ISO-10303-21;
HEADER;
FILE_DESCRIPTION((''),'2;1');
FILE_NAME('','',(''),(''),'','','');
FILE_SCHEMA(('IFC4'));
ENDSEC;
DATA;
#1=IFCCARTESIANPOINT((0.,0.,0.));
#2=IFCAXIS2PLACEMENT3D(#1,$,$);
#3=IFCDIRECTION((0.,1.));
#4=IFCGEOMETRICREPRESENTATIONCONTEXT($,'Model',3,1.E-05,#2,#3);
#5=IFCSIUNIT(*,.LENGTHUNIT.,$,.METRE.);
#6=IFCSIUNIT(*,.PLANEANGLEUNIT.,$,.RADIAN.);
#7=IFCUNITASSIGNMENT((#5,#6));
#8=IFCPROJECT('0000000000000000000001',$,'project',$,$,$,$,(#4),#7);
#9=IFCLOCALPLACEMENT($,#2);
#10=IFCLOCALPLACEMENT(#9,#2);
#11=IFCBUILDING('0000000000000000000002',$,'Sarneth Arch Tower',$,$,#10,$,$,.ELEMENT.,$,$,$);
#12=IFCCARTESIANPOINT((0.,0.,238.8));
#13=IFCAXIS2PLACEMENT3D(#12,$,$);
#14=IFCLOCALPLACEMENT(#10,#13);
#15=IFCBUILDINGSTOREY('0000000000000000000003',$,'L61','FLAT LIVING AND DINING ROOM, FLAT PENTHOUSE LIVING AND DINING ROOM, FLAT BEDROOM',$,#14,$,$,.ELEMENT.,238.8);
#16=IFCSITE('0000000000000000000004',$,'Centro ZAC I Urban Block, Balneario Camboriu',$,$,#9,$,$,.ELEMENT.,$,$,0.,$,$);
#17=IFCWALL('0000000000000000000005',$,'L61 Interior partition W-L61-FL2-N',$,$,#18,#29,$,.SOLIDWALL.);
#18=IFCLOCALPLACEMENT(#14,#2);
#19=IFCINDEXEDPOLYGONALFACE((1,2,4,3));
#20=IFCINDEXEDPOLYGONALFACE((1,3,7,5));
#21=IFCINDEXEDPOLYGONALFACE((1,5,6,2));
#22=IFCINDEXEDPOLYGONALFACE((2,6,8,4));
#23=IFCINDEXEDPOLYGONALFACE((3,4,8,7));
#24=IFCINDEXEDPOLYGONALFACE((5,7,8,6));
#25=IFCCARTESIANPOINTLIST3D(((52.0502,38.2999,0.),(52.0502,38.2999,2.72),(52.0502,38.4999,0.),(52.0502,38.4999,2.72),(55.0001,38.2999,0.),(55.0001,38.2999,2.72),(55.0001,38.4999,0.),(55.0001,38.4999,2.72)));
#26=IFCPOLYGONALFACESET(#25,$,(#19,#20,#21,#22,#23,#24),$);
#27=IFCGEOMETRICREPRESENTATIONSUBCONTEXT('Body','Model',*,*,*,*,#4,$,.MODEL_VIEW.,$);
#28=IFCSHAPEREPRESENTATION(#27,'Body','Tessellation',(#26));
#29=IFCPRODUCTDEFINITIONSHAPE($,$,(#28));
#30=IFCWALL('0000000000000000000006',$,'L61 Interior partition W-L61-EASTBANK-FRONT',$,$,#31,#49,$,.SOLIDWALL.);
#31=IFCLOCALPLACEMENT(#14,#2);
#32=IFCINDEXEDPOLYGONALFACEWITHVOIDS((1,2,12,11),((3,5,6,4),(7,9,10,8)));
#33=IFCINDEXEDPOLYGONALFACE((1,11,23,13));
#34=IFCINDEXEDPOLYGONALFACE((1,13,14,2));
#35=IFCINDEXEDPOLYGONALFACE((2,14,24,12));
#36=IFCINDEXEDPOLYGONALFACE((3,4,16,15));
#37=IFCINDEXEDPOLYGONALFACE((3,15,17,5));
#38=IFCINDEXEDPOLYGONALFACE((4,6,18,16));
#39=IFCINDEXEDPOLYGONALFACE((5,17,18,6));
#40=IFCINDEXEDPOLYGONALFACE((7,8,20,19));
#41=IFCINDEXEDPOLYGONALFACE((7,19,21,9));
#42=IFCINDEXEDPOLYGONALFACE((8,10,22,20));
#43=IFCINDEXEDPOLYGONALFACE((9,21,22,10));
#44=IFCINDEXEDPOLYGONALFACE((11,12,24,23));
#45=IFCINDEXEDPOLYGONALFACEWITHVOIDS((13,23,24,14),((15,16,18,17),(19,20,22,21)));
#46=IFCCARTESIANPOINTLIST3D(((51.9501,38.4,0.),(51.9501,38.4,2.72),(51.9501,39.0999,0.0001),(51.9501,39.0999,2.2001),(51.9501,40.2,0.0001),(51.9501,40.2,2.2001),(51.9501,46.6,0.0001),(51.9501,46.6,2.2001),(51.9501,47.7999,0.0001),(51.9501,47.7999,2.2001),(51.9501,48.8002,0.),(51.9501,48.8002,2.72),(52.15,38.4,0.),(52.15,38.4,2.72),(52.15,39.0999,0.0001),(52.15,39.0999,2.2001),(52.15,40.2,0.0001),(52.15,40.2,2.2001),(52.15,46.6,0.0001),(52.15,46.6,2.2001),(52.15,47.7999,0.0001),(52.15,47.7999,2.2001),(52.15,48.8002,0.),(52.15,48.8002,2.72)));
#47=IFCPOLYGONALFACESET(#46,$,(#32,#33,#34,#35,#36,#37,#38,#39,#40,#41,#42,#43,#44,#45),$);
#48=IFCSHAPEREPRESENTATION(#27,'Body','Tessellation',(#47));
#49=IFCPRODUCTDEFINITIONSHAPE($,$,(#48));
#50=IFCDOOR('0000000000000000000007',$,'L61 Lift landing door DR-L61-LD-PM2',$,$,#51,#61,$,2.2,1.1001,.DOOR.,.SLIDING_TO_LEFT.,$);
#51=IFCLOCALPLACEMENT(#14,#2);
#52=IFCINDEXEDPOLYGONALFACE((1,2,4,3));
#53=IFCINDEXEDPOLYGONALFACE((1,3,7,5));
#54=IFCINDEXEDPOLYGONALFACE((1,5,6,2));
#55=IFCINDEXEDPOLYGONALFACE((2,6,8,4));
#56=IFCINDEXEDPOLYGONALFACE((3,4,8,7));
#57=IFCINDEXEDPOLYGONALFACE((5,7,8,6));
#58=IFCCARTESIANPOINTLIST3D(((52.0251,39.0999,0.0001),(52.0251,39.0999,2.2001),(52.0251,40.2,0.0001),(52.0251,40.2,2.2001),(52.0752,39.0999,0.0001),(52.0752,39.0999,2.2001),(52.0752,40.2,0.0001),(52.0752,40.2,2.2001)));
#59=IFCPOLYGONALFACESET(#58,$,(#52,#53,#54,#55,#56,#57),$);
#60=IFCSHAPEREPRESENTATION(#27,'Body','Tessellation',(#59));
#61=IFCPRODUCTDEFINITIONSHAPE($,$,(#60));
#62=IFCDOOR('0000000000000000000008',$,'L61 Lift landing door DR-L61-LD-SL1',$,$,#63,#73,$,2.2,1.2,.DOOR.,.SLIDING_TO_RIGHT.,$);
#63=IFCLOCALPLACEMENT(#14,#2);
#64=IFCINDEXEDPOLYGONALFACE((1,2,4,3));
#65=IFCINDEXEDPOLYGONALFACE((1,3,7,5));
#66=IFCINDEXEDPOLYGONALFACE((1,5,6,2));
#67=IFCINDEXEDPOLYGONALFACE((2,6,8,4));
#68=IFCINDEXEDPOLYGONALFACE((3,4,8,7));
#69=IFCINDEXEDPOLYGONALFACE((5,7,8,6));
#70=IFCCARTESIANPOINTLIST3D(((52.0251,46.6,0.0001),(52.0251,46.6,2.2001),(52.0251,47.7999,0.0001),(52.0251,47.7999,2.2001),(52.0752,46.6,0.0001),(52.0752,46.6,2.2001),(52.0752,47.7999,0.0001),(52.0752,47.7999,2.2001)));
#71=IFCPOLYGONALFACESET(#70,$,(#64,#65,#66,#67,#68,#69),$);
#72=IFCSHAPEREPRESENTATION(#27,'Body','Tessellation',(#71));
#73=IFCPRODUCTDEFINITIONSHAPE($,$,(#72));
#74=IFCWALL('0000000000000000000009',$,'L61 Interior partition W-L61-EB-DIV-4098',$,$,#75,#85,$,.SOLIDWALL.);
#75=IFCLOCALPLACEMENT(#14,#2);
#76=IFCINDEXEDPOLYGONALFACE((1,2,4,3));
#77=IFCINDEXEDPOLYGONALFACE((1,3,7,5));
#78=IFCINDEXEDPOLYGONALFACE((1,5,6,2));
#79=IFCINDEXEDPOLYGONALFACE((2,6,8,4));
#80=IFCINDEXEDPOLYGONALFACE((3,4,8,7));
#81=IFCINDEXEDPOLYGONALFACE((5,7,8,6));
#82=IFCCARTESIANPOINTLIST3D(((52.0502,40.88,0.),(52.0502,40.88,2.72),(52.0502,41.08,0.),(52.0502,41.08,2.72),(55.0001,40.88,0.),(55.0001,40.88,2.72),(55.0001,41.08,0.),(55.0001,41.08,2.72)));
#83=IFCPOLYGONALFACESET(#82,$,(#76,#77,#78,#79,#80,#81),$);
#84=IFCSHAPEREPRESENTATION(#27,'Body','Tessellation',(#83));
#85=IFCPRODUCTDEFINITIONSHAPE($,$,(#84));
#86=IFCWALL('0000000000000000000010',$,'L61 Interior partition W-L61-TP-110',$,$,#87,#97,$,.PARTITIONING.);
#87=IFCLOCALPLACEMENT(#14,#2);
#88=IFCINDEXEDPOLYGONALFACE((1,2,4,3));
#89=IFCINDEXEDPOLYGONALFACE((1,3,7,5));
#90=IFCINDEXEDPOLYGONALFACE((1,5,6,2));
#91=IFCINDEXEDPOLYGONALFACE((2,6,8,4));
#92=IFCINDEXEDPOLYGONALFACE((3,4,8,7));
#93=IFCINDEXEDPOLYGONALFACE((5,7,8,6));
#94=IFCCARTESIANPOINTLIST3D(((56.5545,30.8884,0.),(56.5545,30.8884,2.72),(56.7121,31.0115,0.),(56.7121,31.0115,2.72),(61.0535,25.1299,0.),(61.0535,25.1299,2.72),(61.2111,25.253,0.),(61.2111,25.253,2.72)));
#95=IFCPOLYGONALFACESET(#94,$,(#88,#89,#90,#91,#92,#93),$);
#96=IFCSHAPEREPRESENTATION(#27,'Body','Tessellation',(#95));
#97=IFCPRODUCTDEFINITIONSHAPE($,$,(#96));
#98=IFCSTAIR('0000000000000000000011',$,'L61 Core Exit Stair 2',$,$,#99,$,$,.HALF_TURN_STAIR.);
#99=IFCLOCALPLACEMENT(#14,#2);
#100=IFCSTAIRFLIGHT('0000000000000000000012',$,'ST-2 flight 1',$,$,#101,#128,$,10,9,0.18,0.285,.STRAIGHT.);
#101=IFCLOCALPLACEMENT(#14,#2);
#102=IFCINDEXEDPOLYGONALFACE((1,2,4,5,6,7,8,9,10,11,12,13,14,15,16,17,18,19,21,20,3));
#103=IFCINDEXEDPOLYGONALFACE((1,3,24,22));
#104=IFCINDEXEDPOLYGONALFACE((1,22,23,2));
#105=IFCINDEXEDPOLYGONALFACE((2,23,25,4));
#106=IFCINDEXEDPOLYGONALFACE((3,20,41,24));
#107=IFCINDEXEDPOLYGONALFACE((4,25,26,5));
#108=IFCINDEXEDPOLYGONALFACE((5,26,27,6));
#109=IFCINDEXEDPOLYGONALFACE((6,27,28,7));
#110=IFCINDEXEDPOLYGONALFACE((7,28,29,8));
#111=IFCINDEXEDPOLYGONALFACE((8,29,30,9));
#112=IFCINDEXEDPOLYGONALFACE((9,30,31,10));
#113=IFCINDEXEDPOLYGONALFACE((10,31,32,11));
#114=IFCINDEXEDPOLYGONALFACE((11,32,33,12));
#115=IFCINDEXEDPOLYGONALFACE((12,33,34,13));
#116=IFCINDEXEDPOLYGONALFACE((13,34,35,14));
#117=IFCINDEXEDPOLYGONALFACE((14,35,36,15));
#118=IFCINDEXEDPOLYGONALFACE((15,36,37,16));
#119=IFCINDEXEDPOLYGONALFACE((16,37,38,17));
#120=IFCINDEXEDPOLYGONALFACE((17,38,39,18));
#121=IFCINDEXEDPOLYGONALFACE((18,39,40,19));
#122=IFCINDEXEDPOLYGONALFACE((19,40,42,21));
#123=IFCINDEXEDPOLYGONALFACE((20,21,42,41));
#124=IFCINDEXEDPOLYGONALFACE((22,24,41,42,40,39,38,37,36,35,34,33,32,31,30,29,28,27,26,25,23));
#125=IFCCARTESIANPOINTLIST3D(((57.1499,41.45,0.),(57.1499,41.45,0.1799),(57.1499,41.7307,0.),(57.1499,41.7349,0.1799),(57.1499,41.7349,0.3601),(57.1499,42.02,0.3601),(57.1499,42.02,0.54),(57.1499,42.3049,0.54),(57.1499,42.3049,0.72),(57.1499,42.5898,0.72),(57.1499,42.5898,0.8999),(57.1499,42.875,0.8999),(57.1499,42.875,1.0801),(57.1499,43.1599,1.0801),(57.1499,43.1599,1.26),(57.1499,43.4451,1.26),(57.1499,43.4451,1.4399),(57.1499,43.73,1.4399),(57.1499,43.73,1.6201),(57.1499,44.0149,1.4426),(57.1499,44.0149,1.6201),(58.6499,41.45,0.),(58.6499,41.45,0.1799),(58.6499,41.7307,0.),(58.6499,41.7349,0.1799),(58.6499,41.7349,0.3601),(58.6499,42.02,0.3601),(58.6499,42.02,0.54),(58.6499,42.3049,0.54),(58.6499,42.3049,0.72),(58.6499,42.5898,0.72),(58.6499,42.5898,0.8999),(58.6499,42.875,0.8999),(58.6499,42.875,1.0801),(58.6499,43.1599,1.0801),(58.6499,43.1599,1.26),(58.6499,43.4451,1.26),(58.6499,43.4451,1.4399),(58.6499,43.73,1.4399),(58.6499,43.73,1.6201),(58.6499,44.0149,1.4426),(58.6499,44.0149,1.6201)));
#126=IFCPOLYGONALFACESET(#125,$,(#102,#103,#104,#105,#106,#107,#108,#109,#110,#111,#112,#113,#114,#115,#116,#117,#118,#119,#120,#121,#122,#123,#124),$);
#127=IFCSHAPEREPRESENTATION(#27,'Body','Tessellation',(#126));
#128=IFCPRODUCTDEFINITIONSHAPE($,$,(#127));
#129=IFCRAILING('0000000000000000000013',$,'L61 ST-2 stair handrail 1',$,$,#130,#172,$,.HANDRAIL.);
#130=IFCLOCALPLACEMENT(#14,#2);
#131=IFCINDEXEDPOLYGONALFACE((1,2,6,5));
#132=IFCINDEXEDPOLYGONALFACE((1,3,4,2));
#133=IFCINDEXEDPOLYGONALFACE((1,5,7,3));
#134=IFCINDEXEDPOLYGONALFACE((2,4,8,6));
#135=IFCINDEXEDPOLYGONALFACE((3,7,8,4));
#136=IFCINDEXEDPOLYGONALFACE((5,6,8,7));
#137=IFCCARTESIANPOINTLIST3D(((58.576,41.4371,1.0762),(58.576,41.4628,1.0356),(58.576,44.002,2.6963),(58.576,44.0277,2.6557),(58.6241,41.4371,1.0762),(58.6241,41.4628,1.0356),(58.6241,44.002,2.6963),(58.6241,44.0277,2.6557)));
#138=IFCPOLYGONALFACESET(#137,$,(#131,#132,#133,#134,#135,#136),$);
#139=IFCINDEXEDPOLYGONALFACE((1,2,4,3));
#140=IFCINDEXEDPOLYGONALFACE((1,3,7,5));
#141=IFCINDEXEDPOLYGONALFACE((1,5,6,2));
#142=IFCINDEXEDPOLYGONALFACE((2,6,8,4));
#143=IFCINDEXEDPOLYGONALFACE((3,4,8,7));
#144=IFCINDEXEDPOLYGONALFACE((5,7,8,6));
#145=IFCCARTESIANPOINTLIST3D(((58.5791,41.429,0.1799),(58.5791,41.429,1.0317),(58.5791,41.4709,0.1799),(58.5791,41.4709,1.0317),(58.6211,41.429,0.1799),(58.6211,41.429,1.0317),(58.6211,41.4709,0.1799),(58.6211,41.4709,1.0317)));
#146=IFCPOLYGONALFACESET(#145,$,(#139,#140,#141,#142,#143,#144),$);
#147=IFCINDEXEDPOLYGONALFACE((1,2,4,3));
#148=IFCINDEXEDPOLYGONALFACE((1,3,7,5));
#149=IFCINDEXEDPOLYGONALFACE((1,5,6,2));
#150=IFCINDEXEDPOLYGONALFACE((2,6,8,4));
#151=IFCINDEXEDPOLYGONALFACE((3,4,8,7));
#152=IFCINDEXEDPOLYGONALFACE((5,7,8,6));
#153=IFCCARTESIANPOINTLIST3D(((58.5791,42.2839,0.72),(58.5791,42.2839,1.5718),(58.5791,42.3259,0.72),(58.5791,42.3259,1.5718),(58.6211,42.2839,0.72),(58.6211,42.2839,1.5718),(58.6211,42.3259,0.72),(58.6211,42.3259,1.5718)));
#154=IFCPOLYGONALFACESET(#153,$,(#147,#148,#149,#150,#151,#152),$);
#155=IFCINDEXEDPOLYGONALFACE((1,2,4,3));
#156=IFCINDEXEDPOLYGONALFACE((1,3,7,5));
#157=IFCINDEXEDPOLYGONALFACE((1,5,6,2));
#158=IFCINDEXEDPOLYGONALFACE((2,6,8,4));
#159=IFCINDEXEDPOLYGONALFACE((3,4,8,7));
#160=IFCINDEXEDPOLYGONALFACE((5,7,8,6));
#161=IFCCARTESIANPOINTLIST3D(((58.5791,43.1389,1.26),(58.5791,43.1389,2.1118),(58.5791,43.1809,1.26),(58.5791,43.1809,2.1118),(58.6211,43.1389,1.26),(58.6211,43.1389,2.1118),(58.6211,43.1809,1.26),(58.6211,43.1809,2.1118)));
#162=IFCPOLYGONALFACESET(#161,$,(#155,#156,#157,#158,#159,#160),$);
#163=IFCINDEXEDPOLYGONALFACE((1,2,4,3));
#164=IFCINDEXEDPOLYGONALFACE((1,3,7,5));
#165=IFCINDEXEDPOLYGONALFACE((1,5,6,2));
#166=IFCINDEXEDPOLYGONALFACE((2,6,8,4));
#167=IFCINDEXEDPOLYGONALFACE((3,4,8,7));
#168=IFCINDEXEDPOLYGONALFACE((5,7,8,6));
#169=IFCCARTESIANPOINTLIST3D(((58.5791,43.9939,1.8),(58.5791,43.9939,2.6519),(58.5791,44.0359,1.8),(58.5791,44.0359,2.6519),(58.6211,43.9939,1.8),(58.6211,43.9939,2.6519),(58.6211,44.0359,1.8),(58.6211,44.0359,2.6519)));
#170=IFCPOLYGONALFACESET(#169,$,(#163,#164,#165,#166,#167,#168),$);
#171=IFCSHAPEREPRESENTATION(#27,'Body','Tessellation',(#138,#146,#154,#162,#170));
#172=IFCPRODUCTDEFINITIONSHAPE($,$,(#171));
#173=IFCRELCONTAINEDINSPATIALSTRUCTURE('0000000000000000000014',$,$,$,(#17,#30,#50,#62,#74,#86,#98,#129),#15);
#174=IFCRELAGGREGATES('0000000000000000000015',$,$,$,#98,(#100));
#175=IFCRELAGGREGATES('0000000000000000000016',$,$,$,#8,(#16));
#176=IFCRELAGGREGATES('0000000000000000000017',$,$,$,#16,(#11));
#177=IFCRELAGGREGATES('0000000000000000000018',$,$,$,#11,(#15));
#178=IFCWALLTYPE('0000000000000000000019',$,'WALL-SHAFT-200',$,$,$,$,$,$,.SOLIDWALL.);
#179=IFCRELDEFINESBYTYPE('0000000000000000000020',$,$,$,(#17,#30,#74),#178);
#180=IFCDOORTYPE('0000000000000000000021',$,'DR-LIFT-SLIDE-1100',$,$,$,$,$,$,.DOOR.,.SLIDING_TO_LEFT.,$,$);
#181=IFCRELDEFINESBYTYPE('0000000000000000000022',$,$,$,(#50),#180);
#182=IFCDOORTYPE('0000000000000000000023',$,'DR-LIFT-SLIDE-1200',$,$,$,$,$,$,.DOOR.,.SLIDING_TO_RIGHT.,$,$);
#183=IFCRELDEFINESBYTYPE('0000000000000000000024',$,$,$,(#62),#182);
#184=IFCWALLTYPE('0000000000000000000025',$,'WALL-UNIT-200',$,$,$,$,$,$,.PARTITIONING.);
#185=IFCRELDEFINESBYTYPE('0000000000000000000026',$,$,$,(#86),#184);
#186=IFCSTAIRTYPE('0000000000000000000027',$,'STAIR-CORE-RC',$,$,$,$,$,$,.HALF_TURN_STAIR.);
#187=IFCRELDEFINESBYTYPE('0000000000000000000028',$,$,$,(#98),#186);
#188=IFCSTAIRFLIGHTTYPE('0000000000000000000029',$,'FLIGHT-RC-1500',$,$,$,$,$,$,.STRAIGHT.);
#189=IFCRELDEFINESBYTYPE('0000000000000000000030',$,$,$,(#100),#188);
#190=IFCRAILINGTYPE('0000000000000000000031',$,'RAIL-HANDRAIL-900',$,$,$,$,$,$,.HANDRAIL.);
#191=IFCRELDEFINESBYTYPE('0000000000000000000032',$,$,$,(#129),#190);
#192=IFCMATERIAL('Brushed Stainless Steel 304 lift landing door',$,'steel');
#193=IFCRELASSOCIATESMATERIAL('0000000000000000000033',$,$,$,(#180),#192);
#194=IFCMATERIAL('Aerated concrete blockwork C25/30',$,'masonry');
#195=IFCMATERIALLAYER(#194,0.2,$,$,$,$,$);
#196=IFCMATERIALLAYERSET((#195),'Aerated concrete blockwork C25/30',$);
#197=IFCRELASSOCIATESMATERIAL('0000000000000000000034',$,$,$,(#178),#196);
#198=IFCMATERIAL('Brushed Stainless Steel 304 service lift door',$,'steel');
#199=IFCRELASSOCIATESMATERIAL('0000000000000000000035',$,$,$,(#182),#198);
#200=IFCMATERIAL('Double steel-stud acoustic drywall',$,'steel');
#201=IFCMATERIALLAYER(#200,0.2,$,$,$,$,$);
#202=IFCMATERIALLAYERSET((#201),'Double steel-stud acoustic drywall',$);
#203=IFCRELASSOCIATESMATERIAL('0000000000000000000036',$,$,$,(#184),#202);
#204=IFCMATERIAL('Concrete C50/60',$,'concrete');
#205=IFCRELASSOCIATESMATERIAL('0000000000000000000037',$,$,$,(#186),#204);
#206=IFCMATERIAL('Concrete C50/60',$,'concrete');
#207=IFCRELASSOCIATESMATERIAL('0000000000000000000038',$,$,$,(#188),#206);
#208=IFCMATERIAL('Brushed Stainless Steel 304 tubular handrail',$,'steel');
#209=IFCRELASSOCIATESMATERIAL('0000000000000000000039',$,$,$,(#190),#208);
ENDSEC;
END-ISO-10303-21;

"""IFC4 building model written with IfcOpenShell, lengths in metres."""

from ifc_helpers import new_model, si_unit, direction, frame, frame_2d, origin, origin_2d, place, context, subcontext, project, spatial, polyline, rectangle, outline, extrude, material, layer, layer_set, type_object, element, fill, aggregate, save


model = new_model("IFC4")

# Units and contexts
model_context = context("Model", 3, precision=1e-05, world=origin(), true_north=direction((0.0, 1.0)))
body_context = subcontext(model_context, "Body", "Model", "MODEL_VIEW")
ifc_project = project(units=[si_unit("LENGTHUNIT", "METRE"), si_unit("PLANEANGLEUNIT", "RADIAN")], contexts=[model_context])

# Site, building, storey
site_placement = place(None, origin())
site = spatial("IfcSite", under=ifc_project, at=site_placement, Name="Centro ZAC I Urban Block, Balneario Camboriu", CompositionType="ELEMENT", RefElevation=0.0)
building_placement = place(site_placement, origin())
building = spatial("IfcBuilding", under=site, at=building_placement, Name="Sarneth Arch Tower", CompositionType="ELEMENT")
storey_placement = place(building_placement, frame((0.0, 0.0, 238.8)))
storey = spatial("IfcBuildingStorey", under=building, at=storey_placement, Name="L61", Description="FLAT LIVING AND DINING ROOM, FLAT PENTHOUSE LIVING AND DINING ROOM, FLAT BEDROOM", CompositionType="ELEMENT", Elevation=238.8)

# Shared definitions
ifc_material_1 = material(Name="Brushed Stainless Steel 304 lift landing door", Category="steel")
door_type_1 = type_object("IfcDoorType", Name="DR-LIFT-SLIDE-1100", OperationType="SLIDING_TO_LEFT", PredefinedType="DOOR", material=ifc_material_1)

# Shared definitions
ifc_material_2 = material(Name="Aerated concrete blockwork C25/30", Category="masonry")
ifc_layer_1 = layer(ifc_material_2, 0.2)
ifc_layer_set_1 = layer_set([ifc_layer_1], Name="Aerated concrete blockwork C25/30")
wall_type_1 = type_object("IfcWallType", Name="WALL-SHAFT-200", PredefinedType="SOLIDWALL", material=ifc_layer_set_1)

# Wall
wall_1_placement = place(storey_placement, frame((52.05, 38.3999, 0.0), z_axis=(0.0, 0.0, 1.0), x_axis=(1.0, 0.0, 0.0)))
element("IfcWall", 1, at=wall_1_placement, inside=storey, type_object=wall_type_1, Name="L61 Interior partition W-L61-FL2-N", PredefinedType="SOLIDWALL", context=body_context, shape_type="SweptSolid", body=[
    extrude(rectangle(XDim=2.95, YDim=0.2, at=frame_2d((1.4751, 0.0))), origin(), (0.0, 0.0, 1.0), 2.72),
])

# Wall, openings, doors
wall_2_placement = place(storey_placement, frame((52.05, 38.3999, 0.0), z_axis=(0.0, 0.0, 1.0), x_axis=(0.0, 1.0, 0.0)))
wall_2 = element("IfcWall", 2, at=wall_2_placement, inside=storey, type_object=wall_type_1, Name="L61 Interior partition W-L61-EASTBANK-FRONT", PredefinedType="SOLIDWALL", context=body_context, shape_type="SweptSolid", body=[
    extrude(rectangle(XDim=10.4001, YDim=0.2, at=frame_2d((5.2002, 0.0))), origin(), (0.0, 0.0, 1.0), 2.72),
])
opening_1_placement = place(wall_2_placement, frame((0.7, 0.0, 0.0)))
opening_1 = element("IfcOpeningElement", 3, at=opening_1_placement, cuts=wall_2, PredefinedType="OPENING", context=body_context, shape_type="SweptSolid", body=[
    extrude(rectangle(XDim=1.1001, YDim=2.2, at=frame_2d((0.55, 1.1001))), frame((0.0, 0.1099, 0.0), z_axis=(0.0, -1.0, 0.0), x_axis=(1.0, 0.0, 0.0)), (0.0, 0.0, 1.0), 0.22),
])
opening_2_placement = place(wall_2_placement, frame((8.2, 0.0, 0.0)))
opening_2 = element("IfcOpeningElement", 4, at=opening_2_placement, cuts=wall_2, PredefinedType="OPENING", context=body_context, shape_type="SweptSolid", body=[
    extrude(rectangle(XDim=1.2, YDim=2.2, at=frame_2d((0.6001, 1.1001))), frame((0.0, 0.1099, 0.0), z_axis=(0.0, -1.0, 0.0), x_axis=(1.0, 0.0, 0.0)), (0.0, 0.0, 1.0), 0.22),
])
door_1_placement = place(opening_1_placement, origin())
door_1 = element("IfcDoor", 5, at=door_1_placement, inside=storey, type_object=door_type_1, Name="L61 Lift landing door DR-L61-LD-PM2", OperationType="SLIDING_TO_LEFT", OverallHeight=2.2, OverallWidth=1.1001, PredefinedType="DOOR", context=body_context, shape_type="SweptSolid", body=[
    extrude(rectangle(XDim=1.1001, YDim=2.2, at=frame_2d((0.55, 1.1001))), frame((0.0, 0.0249, 0.0), z_axis=(0.0, -1.0, 0.0), x_axis=(1.0, 0.0, 0.0)), (0.0, 0.0, 1.0), 0.05),
])
fill(opening_1, door_1)
ifc_material_3 = material(Name="Brushed Stainless Steel 304 service lift door", Category="steel")
door_type_2 = type_object("IfcDoorType", Name="DR-LIFT-SLIDE-1200", OperationType="SLIDING_TO_RIGHT", PredefinedType="DOOR", material=ifc_material_3)
door_2_placement = place(opening_2_placement, origin())
door_2 = element("IfcDoor", 6, at=door_2_placement, inside=storey, type_object=door_type_2, Name="L61 Lift landing door DR-L61-LD-SL1", OperationType="SLIDING_TO_RIGHT", OverallHeight=2.2, OverallWidth=1.2, PredefinedType="DOOR", context=body_context, shape_type="SweptSolid", body=[
    extrude(rectangle(XDim=1.2, YDim=2.2, at=frame_2d((0.6001, 1.1001))), frame((0.0, 0.0249, 0.0), z_axis=(0.0, -1.0, 0.0), x_axis=(1.0, 0.0, 0.0)), (0.0, 0.0, 1.0), 0.05),
])
fill(opening_2, door_2)

# Walls
wall_3_placement = place(storey_placement, frame((52.05, 40.98, 0.0), z_axis=(0.0, 0.0, 1.0), x_axis=(1.0, 0.0, 0.0)))
element("IfcWall", 7, at=wall_3_placement, inside=storey, type_object=wall_type_1, Name="L61 Interior partition W-L61-EB-DIV-4098", PredefinedType="SOLIDWALL", context=body_context, shape_type="SweptSolid", body=[
    extrude(rectangle(XDim=2.95, YDim=0.2, at=frame_2d((1.4751, 0.0))), origin(), (0.0, 0.0, 1.0), 2.72),
])
ifc_material_4 = material(Name="Double steel-stud acoustic drywall", Category="steel")
ifc_layer_2 = layer(ifc_material_4, 0.2)
ifc_layer_set_2 = layer_set([ifc_layer_2], Name="Double steel-stud acoustic drywall")
wall_type_2 = type_object("IfcWallType", Name="WALL-UNIT-200", PredefinedType="PARTITIONING", material=ifc_layer_set_2)
wall_4_placement = place(storey_placement, frame((56.6333, 30.95, 0.0), z_axis=(0.0, 0.0, 1.0), x_axis=(0.615658, -0.788014, 0.0)))
element("IfcWall", 8, at=wall_4_placement, inside=storey, type_object=wall_type_2, Name="L61 Interior partition W-L61-TP-110", PredefinedType="PARTITIONING", context=body_context, shape_type="SweptSolid", body=[
    extrude(rectangle(XDim=7.3076, YDim=0.2, at=frame_2d((3.6538, 0.0))), origin(), (0.0, 0.0, 1.0), 2.72),
])

# Stair, stair flight
ifc_material_5 = material(Name="Concrete C50/60", Category="concrete")
stair_type = type_object("IfcStairType", Name="STAIR-CORE-RC", PredefinedType="HALF_TURN_STAIR", material=ifc_material_5)
stair_placement = place(storey_placement, origin())
stair = element("IfcStair", 9, at=stair_placement, inside=storey, type_object=stair_type, Name="L61 Core Exit Stair 2", PredefinedType="HALF_TURN_STAIR")
ifc_material_6 = material(Name="Concrete C50/60", Category="concrete")
stair_flight_type = type_object("IfcStairFlightType", Name="FLIGHT-RC-1500", PredefinedType="STRAIGHT", material=ifc_material_6)
stair_flight_placement = place(storey_placement, frame((57.8999, 41.45, 0.0), z_axis=(0.0, 0.0, 1.0), x_axis=(0.0, 1.0, 0.0)))
stair_flight = element("IfcStairFlight", 10, at=stair_flight_placement, type_object=stair_flight_type, Name="ST-2 flight 1", NumberOfRisers=10, NumberOfTreads=9, PredefinedType="STRAIGHT", RiserHeight=0.18, TreadLength=0.285, context=body_context, shape_type="SweptSolid", body=[
    extrude(outline(polyline([(0.0, 0.0), (0.0, 0.1799), (0.2849, 0.1799), (0.2849, 0.3601), (0.5701, 0.3601), (0.5701, 0.54), (0.855, 0.54), (0.855, 0.72), (1.1399, 0.72), (1.1399, 0.8999), (1.425, 0.8999), (1.425, 1.0801), (1.71, 1.0801), (1.71, 1.26), (1.9951, 1.26), (1.9951, 1.4399), (2.28, 1.4399), (2.28, 1.6201), (2.5649, 1.6201), (2.5649, 1.8), (2.5649, 1.4426), (0.2808, 0.0), (0.0, 0.0)])), frame((0.0, 0.75, 0.0), z_axis=(0.0, -1.0, 0.0), x_axis=(1.0, 0.0, 0.0)), (0.0, 0.0, 1.0), 1.5),
])
aggregate(stair, [stair_flight])

# Railing
ifc_material_7 = material(Name="Brushed Stainless Steel 304 tubular handrail", Category="steel")
railing_type_1 = type_object("IfcRailingType", Name="RAIL-HANDRAIL-900", PredefinedType="HANDRAIL", material=ifc_material_7)
railing_1_placement = place(storey_placement, frame((58.6001, 41.45, 0.1799)))
element("IfcRailing", 11, at=railing_1_placement, inside=storey, type_object=railing_type_1, Name="L61 ST-2 stair handrail 1", PredefinedType="HANDRAIL", context=body_context, shape_type="SweptSolid", body=[
    extrude(rectangle(XDim=0.0481, YDim=0.0481, at=origin_2d()), frame((0.0, 0.0, 0.876), z_axis=(0.0, 0.845466, 0.534029), x_axis=(-1.0, 0.0, 0.0)), (0.0, 0.0, 1.0), 3.0337),
    extrude(rectangle(XDim=0.042, YDim=0.042, at=origin_2d()), origin(), (0.0, 0.0, 1.0), 0.8518),
    extrude(rectangle(XDim=0.042, YDim=0.042, at=origin_2d()), frame((0.0, 0.855, 0.54)), (0.0, 0.0, 1.0), 0.8518),
    extrude(rectangle(XDim=0.042, YDim=0.042, at=origin_2d()), frame((0.0, 1.71, 1.0801)), (0.0, 0.0, 1.0), 0.8518),
    extrude(rectangle(XDim=0.042, YDim=0.042, at=origin_2d()), frame((0.0, 2.5649, 1.6201)), (0.0, 0.0, 1.0), 0.8518),
])

save(model, "model.ifc")
